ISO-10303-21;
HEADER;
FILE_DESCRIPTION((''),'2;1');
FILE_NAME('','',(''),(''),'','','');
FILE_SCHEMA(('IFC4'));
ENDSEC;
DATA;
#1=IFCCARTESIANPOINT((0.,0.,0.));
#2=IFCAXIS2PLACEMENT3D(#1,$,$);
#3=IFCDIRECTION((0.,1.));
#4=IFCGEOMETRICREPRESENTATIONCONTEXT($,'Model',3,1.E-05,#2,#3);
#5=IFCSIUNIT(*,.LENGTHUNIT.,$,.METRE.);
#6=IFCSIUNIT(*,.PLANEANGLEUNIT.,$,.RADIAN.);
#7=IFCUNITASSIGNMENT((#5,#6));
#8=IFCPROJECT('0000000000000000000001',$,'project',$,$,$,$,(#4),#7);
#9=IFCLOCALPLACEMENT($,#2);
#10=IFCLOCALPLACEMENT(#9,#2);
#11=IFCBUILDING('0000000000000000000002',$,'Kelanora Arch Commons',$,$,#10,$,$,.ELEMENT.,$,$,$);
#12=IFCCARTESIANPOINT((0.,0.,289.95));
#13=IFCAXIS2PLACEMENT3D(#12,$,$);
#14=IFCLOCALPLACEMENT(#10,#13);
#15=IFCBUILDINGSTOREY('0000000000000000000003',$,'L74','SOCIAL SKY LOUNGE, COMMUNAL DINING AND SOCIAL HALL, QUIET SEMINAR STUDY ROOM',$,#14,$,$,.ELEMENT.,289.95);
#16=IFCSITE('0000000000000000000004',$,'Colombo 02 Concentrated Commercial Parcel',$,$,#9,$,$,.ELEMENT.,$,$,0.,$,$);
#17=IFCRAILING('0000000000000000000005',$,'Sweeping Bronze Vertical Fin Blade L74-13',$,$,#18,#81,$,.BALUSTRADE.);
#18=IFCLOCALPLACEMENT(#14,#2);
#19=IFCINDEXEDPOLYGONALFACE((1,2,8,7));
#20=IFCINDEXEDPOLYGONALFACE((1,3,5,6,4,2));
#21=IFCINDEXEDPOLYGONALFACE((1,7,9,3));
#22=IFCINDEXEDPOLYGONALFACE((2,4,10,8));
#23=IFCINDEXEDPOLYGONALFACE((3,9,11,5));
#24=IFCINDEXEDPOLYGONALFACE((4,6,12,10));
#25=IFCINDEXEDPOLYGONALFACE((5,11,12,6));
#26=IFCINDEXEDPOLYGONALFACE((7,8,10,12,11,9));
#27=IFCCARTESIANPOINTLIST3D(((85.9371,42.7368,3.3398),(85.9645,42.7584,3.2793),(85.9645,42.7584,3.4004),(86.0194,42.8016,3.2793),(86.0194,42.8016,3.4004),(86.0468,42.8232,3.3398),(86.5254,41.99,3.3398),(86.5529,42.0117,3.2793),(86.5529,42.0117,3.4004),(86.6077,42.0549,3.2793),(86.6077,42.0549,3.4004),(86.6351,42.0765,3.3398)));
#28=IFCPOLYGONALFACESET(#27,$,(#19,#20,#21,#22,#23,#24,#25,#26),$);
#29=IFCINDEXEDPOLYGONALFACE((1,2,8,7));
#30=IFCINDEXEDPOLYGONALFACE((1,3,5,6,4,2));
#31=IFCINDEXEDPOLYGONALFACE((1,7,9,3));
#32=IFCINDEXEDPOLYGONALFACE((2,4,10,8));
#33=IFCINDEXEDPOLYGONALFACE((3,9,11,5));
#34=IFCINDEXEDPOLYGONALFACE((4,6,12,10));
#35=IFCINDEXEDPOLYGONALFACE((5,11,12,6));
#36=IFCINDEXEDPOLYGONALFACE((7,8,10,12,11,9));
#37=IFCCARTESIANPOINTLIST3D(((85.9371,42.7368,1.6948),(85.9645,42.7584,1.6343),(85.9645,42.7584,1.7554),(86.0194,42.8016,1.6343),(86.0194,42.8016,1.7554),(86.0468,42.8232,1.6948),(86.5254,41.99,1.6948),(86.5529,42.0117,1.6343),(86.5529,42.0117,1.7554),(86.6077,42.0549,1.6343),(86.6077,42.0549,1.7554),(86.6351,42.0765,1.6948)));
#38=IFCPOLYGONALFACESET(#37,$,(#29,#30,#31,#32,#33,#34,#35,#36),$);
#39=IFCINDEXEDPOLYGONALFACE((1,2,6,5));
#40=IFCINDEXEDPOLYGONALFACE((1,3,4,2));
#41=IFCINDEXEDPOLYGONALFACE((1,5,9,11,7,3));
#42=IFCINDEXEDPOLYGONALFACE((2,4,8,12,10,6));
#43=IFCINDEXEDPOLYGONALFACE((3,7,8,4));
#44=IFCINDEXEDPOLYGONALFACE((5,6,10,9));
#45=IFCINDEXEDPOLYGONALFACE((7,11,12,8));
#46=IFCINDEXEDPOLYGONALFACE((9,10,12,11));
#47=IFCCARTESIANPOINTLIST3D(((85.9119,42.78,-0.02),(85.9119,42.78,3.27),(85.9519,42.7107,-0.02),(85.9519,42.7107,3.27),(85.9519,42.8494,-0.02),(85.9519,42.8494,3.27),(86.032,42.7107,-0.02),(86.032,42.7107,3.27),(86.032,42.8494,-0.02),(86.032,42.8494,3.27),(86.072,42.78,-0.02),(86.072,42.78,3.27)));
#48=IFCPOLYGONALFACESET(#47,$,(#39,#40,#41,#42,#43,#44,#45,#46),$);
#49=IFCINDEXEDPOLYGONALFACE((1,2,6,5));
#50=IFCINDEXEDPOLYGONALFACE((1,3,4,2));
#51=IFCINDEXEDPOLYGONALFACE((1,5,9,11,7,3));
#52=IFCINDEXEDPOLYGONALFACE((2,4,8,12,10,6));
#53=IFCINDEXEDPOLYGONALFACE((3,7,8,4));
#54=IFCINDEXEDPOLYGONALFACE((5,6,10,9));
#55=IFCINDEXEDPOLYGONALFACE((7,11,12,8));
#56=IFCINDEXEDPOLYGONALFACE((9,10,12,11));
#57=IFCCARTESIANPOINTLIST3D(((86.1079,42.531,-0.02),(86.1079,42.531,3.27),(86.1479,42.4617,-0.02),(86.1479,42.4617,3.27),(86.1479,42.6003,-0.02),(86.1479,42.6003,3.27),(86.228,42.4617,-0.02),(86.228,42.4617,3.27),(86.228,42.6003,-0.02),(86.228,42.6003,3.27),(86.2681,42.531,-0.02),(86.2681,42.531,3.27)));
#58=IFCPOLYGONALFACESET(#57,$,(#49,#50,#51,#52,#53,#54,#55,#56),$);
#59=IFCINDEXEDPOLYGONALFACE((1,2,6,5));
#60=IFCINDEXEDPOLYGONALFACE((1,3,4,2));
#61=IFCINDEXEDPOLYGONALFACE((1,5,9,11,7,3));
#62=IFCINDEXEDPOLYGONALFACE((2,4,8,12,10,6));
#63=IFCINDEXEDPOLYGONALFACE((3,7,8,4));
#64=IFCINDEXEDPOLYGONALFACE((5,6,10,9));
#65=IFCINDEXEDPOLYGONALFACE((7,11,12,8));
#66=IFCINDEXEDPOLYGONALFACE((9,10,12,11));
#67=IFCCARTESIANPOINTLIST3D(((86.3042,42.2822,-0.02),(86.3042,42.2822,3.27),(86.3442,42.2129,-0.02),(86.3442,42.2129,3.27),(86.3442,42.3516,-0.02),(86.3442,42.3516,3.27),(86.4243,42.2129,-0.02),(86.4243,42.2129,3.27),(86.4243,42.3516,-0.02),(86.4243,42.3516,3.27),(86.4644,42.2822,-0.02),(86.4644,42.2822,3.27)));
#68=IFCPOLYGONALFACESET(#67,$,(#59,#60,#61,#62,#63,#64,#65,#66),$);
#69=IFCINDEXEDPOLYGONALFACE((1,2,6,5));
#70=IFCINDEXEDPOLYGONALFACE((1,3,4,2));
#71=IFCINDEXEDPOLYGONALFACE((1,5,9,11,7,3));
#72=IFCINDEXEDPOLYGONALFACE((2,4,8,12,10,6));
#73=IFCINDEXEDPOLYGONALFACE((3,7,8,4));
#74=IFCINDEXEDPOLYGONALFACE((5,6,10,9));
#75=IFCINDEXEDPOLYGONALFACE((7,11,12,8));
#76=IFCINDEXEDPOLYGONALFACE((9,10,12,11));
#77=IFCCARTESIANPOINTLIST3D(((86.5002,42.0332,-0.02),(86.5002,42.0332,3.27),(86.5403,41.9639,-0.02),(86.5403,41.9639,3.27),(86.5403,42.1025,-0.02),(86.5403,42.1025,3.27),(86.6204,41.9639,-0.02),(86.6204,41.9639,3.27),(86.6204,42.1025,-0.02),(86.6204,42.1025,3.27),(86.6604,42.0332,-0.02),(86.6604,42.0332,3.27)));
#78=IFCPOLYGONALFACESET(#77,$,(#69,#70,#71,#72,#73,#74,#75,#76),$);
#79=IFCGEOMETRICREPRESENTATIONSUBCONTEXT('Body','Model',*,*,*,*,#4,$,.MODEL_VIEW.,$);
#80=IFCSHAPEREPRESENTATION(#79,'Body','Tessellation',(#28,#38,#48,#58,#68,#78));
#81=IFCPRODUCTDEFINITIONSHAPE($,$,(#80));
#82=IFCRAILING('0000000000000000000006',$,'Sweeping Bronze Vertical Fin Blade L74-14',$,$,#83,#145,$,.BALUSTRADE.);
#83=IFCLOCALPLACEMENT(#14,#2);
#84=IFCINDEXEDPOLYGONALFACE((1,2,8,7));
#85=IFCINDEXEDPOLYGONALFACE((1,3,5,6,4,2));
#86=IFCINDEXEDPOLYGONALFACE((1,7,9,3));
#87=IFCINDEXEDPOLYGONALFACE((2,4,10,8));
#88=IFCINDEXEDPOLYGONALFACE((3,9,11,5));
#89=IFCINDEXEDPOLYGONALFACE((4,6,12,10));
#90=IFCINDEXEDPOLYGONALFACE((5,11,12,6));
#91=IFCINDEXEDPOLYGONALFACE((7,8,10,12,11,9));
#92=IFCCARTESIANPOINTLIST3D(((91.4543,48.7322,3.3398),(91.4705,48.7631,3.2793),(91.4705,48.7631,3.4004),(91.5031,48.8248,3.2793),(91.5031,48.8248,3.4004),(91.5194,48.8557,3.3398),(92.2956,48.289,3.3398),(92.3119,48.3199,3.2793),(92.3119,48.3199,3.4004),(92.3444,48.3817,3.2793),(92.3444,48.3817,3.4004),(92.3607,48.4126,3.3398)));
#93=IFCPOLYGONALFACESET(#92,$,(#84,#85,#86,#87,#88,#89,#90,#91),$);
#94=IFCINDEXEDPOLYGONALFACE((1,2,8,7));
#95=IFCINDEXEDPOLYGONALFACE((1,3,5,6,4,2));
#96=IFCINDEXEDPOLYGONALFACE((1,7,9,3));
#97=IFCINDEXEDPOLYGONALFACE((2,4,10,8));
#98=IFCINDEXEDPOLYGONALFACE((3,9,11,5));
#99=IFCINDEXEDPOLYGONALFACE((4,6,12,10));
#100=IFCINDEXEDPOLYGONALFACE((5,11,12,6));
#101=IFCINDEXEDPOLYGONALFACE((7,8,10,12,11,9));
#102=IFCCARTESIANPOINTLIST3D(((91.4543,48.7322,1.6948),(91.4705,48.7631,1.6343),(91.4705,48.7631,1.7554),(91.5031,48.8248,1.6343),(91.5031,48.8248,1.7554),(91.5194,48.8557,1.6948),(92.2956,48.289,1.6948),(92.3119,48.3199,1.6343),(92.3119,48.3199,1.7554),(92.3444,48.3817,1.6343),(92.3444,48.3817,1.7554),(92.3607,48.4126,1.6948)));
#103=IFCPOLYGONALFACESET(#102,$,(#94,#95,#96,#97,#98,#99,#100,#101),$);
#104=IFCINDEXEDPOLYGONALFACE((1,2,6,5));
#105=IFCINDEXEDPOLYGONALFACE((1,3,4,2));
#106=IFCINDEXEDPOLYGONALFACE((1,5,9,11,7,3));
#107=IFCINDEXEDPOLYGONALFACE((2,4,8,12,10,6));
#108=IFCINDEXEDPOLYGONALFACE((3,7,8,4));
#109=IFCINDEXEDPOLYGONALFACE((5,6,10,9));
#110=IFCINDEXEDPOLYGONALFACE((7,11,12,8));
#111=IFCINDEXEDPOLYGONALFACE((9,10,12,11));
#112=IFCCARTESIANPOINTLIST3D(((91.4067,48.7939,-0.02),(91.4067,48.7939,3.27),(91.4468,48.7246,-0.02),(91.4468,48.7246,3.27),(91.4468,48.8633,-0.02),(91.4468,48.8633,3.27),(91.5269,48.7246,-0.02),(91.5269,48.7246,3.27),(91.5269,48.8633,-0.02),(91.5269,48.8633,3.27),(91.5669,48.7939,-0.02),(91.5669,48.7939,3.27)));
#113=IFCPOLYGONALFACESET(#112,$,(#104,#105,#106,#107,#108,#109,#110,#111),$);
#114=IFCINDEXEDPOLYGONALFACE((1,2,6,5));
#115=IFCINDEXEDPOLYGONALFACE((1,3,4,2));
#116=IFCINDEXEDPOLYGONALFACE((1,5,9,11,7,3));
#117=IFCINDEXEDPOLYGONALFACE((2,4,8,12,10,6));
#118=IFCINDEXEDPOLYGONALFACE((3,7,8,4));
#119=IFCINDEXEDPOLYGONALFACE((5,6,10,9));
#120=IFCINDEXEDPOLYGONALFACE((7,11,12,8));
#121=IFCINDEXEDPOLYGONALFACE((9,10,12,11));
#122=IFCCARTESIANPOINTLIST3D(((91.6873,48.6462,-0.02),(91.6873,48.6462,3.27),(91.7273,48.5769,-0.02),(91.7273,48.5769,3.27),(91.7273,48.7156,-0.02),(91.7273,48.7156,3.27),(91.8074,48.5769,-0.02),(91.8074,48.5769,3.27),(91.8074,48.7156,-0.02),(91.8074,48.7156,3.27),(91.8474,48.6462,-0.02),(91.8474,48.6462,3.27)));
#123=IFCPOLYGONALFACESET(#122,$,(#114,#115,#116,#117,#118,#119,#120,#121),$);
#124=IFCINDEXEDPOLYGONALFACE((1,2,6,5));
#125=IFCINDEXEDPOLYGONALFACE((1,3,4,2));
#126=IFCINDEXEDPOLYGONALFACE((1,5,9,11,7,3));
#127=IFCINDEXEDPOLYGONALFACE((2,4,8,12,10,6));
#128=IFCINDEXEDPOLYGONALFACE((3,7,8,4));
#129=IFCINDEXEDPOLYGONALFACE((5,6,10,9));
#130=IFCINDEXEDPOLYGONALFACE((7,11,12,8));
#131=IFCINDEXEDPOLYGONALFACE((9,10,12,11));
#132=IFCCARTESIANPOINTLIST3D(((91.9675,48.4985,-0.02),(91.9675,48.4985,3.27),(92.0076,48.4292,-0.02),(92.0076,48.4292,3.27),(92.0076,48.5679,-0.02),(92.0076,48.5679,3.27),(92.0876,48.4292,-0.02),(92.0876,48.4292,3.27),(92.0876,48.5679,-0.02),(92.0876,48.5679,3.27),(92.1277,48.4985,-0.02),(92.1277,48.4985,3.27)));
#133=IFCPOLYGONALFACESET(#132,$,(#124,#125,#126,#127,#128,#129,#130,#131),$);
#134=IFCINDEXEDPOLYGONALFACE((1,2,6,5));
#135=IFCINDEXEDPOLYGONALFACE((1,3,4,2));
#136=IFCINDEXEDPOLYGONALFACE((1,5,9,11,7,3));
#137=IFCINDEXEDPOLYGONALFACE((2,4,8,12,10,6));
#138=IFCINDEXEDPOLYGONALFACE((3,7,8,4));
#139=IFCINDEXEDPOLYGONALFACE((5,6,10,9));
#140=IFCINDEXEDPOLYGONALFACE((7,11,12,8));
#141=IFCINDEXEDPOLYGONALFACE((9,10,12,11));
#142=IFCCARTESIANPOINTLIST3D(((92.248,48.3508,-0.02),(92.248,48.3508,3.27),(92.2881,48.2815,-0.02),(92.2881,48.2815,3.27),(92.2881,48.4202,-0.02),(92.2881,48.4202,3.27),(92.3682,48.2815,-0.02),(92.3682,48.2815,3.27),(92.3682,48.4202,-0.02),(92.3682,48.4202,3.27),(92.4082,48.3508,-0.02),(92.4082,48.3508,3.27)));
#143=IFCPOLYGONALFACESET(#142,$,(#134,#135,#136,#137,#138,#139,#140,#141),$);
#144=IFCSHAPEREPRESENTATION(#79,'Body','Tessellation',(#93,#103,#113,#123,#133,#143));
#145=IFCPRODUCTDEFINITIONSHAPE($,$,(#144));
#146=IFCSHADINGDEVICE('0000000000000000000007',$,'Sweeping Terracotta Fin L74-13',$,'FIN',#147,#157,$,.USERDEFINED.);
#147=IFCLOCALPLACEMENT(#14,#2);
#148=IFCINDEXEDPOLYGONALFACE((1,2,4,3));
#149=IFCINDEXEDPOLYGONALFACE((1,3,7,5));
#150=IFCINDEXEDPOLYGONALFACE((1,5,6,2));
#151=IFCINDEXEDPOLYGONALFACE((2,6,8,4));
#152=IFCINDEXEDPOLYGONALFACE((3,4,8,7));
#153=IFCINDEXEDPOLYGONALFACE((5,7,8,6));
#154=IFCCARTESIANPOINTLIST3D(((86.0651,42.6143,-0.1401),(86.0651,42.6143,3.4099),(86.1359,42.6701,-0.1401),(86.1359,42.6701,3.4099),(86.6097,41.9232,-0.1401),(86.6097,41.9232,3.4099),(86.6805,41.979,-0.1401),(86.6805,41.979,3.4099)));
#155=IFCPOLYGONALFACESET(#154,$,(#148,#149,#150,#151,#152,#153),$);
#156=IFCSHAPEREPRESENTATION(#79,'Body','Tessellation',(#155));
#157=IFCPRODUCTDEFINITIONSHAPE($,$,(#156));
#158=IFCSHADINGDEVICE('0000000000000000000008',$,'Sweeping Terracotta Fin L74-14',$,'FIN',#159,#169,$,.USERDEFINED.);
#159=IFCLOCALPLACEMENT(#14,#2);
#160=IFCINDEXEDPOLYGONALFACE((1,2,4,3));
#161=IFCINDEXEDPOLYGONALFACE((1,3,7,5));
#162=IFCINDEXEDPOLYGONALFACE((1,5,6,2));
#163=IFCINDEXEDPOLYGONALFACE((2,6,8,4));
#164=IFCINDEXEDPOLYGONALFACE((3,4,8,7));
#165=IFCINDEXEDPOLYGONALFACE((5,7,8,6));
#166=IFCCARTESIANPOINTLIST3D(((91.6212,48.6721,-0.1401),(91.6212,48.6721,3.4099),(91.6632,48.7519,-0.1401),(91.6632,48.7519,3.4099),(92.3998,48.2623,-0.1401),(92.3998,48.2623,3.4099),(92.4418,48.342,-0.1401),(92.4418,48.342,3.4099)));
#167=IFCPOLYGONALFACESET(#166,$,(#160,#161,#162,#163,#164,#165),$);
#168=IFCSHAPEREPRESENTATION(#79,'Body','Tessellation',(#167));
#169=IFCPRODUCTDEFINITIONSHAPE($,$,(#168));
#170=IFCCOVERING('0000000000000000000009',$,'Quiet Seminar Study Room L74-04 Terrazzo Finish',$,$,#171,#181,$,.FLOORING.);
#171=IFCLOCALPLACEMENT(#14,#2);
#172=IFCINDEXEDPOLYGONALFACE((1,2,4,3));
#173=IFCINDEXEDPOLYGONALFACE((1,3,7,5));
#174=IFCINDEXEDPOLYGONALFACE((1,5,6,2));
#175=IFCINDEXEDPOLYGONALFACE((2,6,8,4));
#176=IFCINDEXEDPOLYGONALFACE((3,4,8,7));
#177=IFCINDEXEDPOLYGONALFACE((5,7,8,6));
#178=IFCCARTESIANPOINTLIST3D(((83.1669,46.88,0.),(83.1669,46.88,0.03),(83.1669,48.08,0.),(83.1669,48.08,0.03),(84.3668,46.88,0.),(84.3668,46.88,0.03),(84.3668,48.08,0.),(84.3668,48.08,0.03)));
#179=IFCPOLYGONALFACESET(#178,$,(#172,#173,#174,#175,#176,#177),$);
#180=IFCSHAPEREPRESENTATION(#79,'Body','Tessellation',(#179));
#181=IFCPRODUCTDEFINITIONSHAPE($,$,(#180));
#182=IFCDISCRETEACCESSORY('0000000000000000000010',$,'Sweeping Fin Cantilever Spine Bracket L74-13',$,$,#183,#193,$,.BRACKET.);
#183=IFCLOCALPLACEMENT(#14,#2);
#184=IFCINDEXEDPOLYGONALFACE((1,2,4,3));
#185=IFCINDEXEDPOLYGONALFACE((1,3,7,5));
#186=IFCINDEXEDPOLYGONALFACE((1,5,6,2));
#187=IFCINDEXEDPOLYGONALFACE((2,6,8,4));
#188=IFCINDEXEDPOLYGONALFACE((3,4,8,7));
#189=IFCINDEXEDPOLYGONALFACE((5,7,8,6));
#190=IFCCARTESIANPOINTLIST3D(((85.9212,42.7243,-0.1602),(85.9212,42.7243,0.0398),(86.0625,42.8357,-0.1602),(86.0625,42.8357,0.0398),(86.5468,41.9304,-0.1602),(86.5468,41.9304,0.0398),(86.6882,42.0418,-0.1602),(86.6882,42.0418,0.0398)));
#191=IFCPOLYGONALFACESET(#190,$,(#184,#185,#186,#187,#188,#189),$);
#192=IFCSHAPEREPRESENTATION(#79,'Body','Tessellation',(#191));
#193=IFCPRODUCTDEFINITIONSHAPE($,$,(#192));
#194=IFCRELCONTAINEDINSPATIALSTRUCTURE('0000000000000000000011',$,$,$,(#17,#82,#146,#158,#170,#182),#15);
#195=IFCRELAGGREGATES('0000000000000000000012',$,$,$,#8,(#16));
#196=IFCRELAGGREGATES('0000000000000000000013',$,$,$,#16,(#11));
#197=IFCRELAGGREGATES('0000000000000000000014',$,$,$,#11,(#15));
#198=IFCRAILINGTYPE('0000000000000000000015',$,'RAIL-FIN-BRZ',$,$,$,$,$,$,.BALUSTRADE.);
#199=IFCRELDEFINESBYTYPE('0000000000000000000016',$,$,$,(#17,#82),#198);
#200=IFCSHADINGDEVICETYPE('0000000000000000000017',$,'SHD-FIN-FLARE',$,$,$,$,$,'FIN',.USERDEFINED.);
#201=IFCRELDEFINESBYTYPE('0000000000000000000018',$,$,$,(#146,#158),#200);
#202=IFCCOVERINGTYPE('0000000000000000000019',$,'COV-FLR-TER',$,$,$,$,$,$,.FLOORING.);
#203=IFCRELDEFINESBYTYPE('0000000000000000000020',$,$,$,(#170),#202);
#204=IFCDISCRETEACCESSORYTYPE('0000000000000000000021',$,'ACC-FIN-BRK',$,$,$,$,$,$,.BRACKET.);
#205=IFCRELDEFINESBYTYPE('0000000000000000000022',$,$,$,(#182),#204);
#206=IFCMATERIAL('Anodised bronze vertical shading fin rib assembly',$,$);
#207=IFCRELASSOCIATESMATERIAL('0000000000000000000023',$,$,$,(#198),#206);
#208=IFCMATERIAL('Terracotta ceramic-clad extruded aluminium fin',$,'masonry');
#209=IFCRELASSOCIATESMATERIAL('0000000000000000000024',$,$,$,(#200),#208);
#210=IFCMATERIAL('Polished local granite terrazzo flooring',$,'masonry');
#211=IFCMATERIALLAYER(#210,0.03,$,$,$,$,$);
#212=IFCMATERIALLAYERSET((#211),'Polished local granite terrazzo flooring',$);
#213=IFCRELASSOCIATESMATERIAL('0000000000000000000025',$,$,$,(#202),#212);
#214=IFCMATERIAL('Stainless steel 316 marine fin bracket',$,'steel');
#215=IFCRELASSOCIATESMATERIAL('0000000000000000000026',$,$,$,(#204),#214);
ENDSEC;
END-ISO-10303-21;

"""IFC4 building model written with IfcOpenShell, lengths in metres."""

from ifc_helpers import new_model, si_unit, direction, frame, origin, origin_2d, place, context, subcontext, project, spatial, polyline, rectangle, outline, extrude, source, transform, mapped, material, layer, layer_set, type_object, element, save


model = new_model("IFC4")

# Units and contexts
model_context = context("Model", 3, precision=1e-05, world=origin(), true_north=direction((0.0, 1.0)))
body_context = subcontext(model_context, "Body", "Model", "MODEL_VIEW")
ifc_project = project(units=[si_unit("LENGTHUNIT", "METRE"), si_unit("PLANEANGLEUNIT", "RADIAN")], contexts=[model_context])

# Site, building, storey
site_placement = place(None, origin())
site = spatial("IfcSite", under=ifc_project, at=site_placement, Name="Colombo 02 Concentrated Commercial Parcel", CompositionType="ELEMENT", RefElevation=0.0)
building_placement = place(site_placement, origin())
building = spatial("IfcBuilding", under=site, at=building_placement, Name="Kelanora Arch Commons", CompositionType="ELEMENT")
storey_placement = place(building_placement, frame((0.0, 0.0, 289.95)))
storey = spatial("IfcBuildingStorey", under=building, at=storey_placement, Name="L74", Description="SOCIAL SKY LOUNGE, COMMUNAL DINING AND SOCIAL HALL, QUIET SEMINAR STUDY ROOM", CompositionType="ELEMENT", Elevation=289.95)

# Railings
ifc_material_1 = material(Name="Anodised bronze vertical shading fin rib assembly")
railing_type = type_object("IfcRailingType", Name="RAIL-FIN-BRZ", PredefinedType="BALUSTRADE", material=ifc_material_1)
railing_1_placement = place(storey_placement, frame((85.9919, 42.78, -0.02)))
element("IfcRailing", 1, at=railing_1_placement, inside=storey, type_object=railing_type, Name="Sweeping Bronze Vertical Fin Blade L74-13", PredefinedType="BALUSTRADE", context=body_context, shape_type="SweptSolid", body=[
    extrude(outline(polyline([(0.0698, 0.0), (0.0349, 0.0605), (-0.0349, 0.0605), (-0.0698, 0.0), (-0.0349, -0.0605), (0.0349, -0.0605), (0.0698, 0.0)])), frame((0.0, 0.0, 3.3599), z_axis=(0.618853, -0.785507, 0.0), x_axis=(0.785507, 0.618853, 0.0)), (0.0, 0.0, 1.0), 0.9507),
    extrude(outline(polyline([(0.0698, 0.0), (0.0349, 0.0605), (-0.0349, 0.0605), (-0.0698, 0.0), (-0.0349, -0.0605), (0.0349, -0.0605), (0.0698, 0.0)])), frame((0.0, 0.0, 1.7148), z_axis=(0.618853, -0.785507, 0.0), x_axis=(0.785507, 0.618853, 0.0)), (0.0, 0.0, 1.0), 0.9507),
    extrude(outline(polyline([(0.0801, 0.0), (0.04, 0.0693), (-0.04, 0.0693), (-0.0801, 0.0), (-0.04, -0.0693), (0.04, -0.0693), (0.0801, 0.0)])), origin(), (0.0, 0.0, 1.0), 3.29),
    extrude(outline(polyline([(0.0801, 0.0), (0.04, 0.0693), (-0.04, 0.0693), (-0.0801, 0.0), (-0.04, -0.0693), (0.04, -0.0693), (0.0801, 0.0)])), frame((0.196, -0.249, 0.0)), (0.0, 0.0, 1.0), 3.29),
    extrude(outline(polyline([(0.0801, 0.0), (0.04, 0.0693), (-0.04, 0.0693), (-0.0801, 0.0), (-0.04, -0.0693), (0.04, -0.0693), (0.0801, 0.0)])), frame((0.3923, -0.4978, 0.0)), (0.0, 0.0, 1.0), 3.29),
    extrude(outline(polyline([(0.0801, 0.0), (0.04, 0.0693), (-0.04, 0.0693), (-0.0801, 0.0), (-0.04, -0.0693), (0.04, -0.0693), (0.0801, 0.0)])), frame((0.5884, -0.7468, 0.0)), (0.0, 0.0, 1.0), 3.29),
])
railing_2_placement = place(storey_placement, frame((91.4868, 48.7939, -0.02)))
element("IfcRailing", 2, at=railing_2_placement, inside=storey, type_object=railing_type, Name="Sweeping Bronze Vertical Fin Blade L74-14", PredefinedType="BALUSTRADE", context=body_context, shape_type="SweptSolid", body=[
    extrude(outline(polyline([(0.0698, 0.0), (0.0349, 0.0605), (-0.0349, 0.0605), (-0.0698, 0.0), (-0.0349, -0.0605), (0.0349, -0.0605), (0.0698, 0.0)])), frame((0.0, 0.0, 3.3599), z_axis=(0.884779, -0.466011, 0.0), x_axis=(0.466011, 0.884779, 0.0)), (0.0, 0.0, 1.0), 0.9509),
    extrude(outline(polyline([(0.0698, 0.0), (0.0349, 0.0605), (-0.0349, 0.0605), (-0.0698, 0.0), (-0.0349, -0.0605), (0.0349, -0.0605), (0.0698, 0.0)])), frame((0.0, 0.0, 1.7148), z_axis=(0.884779, -0.466011, 0.0), x_axis=(0.466011, 0.884779, 0.0)), (0.0, 0.0, 1.0), 0.9509),
    extrude(outline(polyline([(0.0801, 0.0), (0.04, 0.0693), (-0.04, 0.0693), (-0.0801, 0.0), (-0.04, -0.0693), (0.04, -0.0693), (0.0801, 0.0)])), origin(), (0.0, 0.0, 1.0), 3.29),
    extrude(outline(polyline([(0.0801, 0.0), (0.04, 0.0693), (-0.04, 0.0693), (-0.0801, 0.0), (-0.04, -0.0693), (0.04, -0.0693), (0.0801, 0.0)])), frame((0.2805, -0.1477, 0.0)), (0.0, 0.0, 1.0), 3.29),
    extrude(outline(polyline([(0.0801, 0.0), (0.04, 0.0693), (-0.04, 0.0693), (-0.0801, 0.0), (-0.04, -0.0693), (0.04, -0.0693), (0.0801, 0.0)])), frame((0.5608, -0.2954, 0.0)), (0.0, 0.0, 1.0), 3.29),
    extrude(outline(polyline([(0.0801, 0.0), (0.04, 0.0693), (-0.04, 0.0693), (-0.0801, 0.0), (-0.04, -0.0693), (0.04, -0.0693), (0.0801, 0.0)])), frame((0.8413, -0.4431, 0.0)), (0.0, 0.0, 1.0), 3.29),
])

# Shading devices
ifc_material_2 = material(Name="Terracotta ceramic-clad extruded aluminium fin", Category="masonry")
shading_device_type = type_object("IfcShadingDeviceType", Name="SHD-FIN-FLARE", ElementType="FIN", PredefinedType="USERDEFINED", material=ifc_material_2)
shared_shape_1 = source(origin(), body_context, "Body", "SweptSolid", [
    extrude(rectangle(XDim=0.8799, YDim=0.0901, at=origin_2d()), origin(), (0.0, 0.0, 1.0), 3.55),
])
for number, where, z_axis, x_axis, name in (
    (3, (86.3728, 42.2966, -0.1401), (0.0, 0.0, 1.0), (0.618957, -0.785425, 0.0), "Sweeping Terracotta Fin L74-13"),
    (4, (92.0315, 48.5071, -0.1401), (0.0, 0.0, 1.0), (0.884906, -0.465769, 0.0), "Sweeping Terracotta Fin L74-14"),
):
    element("IfcShadingDevice", number, at=place(storey_placement, frame(where, z_axis=z_axis, x_axis=x_axis)), inside=storey, type_object=shading_device_type, Name=name, ObjectType="FIN", PredefinedType="USERDEFINED", context=body_context, shape_type="MappedRepresentation", body=[
        mapped(shared_shape_1, transform((0.0, 0.0, 0.0), scale=1.0)),
    ])

# Covering
ifc_material_3 = material(Name="Polished local granite terrazzo flooring", Category="masonry")
ifc_layer_1 = layer(ifc_material_3, 0.03)
ifc_layer_set_1 = layer_set([ifc_layer_1], Name="Polished local granite terrazzo flooring")
covering_type = type_object("IfcCoveringType", Name="COV-FLR-TER", PredefinedType="FLOORING", material=ifc_layer_set_1)
shared_shape_2 = source(origin(), body_context, "Body", "SweptSolid", [
    extrude(rectangle(XDim=1.2, YDim=1.2, at=origin_2d()), origin(), (0.0, 0.0, 1.0), 0.03),
])
covering_placement = place(storey_placement, frame((83.7668, 47.48, 0.0), z_axis=(0.0, 0.0, 1.0), x_axis=(1.0, 0.0, 0.0)))
element("IfcCovering", 5, at=covering_placement, inside=storey, type_object=covering_type, Name="Quiet Seminar Study Room L74-04 Terrazzo Finish", PredefinedType="FLOORING", context=body_context, shape_type="MappedRepresentation", body=[
    mapped(shared_shape_2, transform((0.0, 0.0, 0.0), scale=1.0)),
])

# Discrete accessory
ifc_material_4 = material(Name="Stainless steel 316 marine fin bracket", Category="steel")
discrete_accessory_type = type_object("IfcDiscreteAccessoryType", Name="ACC-FIN-BRK", PredefinedType="BRACKET", material=ifc_material_4)
shared_shape_3 = source(origin(), body_context, "Body", "SweptSolid", [
    extrude(rectangle(XDim=1.0107, YDim=0.1799, at=origin_2d()), origin(), (0.0, 0.0, 1.0), 0.2),
])
for number, where, z_axis, x_axis, name in (
    (6, (86.3047, 42.3831, -0.1602), (0.0, 0.0, 1.0), (0.618957, -0.785425, 0.0), "Sweeping Fin Cantilever Spine Bracket L74-13"),
):
    element("IfcDiscreteAccessory", number, at=place(storey_placement, frame(where, z_axis=z_axis, x_axis=x_axis)), inside=storey, type_object=discrete_accessory_type, Name=name, PredefinedType="BRACKET", context=body_context, shape_type="MappedRepresentation", body=[
        mapped(shared_shape_3, transform((0.0, 0.0, 0.0), scale=1.0)),
    ])

save(model, "model.ifc")
